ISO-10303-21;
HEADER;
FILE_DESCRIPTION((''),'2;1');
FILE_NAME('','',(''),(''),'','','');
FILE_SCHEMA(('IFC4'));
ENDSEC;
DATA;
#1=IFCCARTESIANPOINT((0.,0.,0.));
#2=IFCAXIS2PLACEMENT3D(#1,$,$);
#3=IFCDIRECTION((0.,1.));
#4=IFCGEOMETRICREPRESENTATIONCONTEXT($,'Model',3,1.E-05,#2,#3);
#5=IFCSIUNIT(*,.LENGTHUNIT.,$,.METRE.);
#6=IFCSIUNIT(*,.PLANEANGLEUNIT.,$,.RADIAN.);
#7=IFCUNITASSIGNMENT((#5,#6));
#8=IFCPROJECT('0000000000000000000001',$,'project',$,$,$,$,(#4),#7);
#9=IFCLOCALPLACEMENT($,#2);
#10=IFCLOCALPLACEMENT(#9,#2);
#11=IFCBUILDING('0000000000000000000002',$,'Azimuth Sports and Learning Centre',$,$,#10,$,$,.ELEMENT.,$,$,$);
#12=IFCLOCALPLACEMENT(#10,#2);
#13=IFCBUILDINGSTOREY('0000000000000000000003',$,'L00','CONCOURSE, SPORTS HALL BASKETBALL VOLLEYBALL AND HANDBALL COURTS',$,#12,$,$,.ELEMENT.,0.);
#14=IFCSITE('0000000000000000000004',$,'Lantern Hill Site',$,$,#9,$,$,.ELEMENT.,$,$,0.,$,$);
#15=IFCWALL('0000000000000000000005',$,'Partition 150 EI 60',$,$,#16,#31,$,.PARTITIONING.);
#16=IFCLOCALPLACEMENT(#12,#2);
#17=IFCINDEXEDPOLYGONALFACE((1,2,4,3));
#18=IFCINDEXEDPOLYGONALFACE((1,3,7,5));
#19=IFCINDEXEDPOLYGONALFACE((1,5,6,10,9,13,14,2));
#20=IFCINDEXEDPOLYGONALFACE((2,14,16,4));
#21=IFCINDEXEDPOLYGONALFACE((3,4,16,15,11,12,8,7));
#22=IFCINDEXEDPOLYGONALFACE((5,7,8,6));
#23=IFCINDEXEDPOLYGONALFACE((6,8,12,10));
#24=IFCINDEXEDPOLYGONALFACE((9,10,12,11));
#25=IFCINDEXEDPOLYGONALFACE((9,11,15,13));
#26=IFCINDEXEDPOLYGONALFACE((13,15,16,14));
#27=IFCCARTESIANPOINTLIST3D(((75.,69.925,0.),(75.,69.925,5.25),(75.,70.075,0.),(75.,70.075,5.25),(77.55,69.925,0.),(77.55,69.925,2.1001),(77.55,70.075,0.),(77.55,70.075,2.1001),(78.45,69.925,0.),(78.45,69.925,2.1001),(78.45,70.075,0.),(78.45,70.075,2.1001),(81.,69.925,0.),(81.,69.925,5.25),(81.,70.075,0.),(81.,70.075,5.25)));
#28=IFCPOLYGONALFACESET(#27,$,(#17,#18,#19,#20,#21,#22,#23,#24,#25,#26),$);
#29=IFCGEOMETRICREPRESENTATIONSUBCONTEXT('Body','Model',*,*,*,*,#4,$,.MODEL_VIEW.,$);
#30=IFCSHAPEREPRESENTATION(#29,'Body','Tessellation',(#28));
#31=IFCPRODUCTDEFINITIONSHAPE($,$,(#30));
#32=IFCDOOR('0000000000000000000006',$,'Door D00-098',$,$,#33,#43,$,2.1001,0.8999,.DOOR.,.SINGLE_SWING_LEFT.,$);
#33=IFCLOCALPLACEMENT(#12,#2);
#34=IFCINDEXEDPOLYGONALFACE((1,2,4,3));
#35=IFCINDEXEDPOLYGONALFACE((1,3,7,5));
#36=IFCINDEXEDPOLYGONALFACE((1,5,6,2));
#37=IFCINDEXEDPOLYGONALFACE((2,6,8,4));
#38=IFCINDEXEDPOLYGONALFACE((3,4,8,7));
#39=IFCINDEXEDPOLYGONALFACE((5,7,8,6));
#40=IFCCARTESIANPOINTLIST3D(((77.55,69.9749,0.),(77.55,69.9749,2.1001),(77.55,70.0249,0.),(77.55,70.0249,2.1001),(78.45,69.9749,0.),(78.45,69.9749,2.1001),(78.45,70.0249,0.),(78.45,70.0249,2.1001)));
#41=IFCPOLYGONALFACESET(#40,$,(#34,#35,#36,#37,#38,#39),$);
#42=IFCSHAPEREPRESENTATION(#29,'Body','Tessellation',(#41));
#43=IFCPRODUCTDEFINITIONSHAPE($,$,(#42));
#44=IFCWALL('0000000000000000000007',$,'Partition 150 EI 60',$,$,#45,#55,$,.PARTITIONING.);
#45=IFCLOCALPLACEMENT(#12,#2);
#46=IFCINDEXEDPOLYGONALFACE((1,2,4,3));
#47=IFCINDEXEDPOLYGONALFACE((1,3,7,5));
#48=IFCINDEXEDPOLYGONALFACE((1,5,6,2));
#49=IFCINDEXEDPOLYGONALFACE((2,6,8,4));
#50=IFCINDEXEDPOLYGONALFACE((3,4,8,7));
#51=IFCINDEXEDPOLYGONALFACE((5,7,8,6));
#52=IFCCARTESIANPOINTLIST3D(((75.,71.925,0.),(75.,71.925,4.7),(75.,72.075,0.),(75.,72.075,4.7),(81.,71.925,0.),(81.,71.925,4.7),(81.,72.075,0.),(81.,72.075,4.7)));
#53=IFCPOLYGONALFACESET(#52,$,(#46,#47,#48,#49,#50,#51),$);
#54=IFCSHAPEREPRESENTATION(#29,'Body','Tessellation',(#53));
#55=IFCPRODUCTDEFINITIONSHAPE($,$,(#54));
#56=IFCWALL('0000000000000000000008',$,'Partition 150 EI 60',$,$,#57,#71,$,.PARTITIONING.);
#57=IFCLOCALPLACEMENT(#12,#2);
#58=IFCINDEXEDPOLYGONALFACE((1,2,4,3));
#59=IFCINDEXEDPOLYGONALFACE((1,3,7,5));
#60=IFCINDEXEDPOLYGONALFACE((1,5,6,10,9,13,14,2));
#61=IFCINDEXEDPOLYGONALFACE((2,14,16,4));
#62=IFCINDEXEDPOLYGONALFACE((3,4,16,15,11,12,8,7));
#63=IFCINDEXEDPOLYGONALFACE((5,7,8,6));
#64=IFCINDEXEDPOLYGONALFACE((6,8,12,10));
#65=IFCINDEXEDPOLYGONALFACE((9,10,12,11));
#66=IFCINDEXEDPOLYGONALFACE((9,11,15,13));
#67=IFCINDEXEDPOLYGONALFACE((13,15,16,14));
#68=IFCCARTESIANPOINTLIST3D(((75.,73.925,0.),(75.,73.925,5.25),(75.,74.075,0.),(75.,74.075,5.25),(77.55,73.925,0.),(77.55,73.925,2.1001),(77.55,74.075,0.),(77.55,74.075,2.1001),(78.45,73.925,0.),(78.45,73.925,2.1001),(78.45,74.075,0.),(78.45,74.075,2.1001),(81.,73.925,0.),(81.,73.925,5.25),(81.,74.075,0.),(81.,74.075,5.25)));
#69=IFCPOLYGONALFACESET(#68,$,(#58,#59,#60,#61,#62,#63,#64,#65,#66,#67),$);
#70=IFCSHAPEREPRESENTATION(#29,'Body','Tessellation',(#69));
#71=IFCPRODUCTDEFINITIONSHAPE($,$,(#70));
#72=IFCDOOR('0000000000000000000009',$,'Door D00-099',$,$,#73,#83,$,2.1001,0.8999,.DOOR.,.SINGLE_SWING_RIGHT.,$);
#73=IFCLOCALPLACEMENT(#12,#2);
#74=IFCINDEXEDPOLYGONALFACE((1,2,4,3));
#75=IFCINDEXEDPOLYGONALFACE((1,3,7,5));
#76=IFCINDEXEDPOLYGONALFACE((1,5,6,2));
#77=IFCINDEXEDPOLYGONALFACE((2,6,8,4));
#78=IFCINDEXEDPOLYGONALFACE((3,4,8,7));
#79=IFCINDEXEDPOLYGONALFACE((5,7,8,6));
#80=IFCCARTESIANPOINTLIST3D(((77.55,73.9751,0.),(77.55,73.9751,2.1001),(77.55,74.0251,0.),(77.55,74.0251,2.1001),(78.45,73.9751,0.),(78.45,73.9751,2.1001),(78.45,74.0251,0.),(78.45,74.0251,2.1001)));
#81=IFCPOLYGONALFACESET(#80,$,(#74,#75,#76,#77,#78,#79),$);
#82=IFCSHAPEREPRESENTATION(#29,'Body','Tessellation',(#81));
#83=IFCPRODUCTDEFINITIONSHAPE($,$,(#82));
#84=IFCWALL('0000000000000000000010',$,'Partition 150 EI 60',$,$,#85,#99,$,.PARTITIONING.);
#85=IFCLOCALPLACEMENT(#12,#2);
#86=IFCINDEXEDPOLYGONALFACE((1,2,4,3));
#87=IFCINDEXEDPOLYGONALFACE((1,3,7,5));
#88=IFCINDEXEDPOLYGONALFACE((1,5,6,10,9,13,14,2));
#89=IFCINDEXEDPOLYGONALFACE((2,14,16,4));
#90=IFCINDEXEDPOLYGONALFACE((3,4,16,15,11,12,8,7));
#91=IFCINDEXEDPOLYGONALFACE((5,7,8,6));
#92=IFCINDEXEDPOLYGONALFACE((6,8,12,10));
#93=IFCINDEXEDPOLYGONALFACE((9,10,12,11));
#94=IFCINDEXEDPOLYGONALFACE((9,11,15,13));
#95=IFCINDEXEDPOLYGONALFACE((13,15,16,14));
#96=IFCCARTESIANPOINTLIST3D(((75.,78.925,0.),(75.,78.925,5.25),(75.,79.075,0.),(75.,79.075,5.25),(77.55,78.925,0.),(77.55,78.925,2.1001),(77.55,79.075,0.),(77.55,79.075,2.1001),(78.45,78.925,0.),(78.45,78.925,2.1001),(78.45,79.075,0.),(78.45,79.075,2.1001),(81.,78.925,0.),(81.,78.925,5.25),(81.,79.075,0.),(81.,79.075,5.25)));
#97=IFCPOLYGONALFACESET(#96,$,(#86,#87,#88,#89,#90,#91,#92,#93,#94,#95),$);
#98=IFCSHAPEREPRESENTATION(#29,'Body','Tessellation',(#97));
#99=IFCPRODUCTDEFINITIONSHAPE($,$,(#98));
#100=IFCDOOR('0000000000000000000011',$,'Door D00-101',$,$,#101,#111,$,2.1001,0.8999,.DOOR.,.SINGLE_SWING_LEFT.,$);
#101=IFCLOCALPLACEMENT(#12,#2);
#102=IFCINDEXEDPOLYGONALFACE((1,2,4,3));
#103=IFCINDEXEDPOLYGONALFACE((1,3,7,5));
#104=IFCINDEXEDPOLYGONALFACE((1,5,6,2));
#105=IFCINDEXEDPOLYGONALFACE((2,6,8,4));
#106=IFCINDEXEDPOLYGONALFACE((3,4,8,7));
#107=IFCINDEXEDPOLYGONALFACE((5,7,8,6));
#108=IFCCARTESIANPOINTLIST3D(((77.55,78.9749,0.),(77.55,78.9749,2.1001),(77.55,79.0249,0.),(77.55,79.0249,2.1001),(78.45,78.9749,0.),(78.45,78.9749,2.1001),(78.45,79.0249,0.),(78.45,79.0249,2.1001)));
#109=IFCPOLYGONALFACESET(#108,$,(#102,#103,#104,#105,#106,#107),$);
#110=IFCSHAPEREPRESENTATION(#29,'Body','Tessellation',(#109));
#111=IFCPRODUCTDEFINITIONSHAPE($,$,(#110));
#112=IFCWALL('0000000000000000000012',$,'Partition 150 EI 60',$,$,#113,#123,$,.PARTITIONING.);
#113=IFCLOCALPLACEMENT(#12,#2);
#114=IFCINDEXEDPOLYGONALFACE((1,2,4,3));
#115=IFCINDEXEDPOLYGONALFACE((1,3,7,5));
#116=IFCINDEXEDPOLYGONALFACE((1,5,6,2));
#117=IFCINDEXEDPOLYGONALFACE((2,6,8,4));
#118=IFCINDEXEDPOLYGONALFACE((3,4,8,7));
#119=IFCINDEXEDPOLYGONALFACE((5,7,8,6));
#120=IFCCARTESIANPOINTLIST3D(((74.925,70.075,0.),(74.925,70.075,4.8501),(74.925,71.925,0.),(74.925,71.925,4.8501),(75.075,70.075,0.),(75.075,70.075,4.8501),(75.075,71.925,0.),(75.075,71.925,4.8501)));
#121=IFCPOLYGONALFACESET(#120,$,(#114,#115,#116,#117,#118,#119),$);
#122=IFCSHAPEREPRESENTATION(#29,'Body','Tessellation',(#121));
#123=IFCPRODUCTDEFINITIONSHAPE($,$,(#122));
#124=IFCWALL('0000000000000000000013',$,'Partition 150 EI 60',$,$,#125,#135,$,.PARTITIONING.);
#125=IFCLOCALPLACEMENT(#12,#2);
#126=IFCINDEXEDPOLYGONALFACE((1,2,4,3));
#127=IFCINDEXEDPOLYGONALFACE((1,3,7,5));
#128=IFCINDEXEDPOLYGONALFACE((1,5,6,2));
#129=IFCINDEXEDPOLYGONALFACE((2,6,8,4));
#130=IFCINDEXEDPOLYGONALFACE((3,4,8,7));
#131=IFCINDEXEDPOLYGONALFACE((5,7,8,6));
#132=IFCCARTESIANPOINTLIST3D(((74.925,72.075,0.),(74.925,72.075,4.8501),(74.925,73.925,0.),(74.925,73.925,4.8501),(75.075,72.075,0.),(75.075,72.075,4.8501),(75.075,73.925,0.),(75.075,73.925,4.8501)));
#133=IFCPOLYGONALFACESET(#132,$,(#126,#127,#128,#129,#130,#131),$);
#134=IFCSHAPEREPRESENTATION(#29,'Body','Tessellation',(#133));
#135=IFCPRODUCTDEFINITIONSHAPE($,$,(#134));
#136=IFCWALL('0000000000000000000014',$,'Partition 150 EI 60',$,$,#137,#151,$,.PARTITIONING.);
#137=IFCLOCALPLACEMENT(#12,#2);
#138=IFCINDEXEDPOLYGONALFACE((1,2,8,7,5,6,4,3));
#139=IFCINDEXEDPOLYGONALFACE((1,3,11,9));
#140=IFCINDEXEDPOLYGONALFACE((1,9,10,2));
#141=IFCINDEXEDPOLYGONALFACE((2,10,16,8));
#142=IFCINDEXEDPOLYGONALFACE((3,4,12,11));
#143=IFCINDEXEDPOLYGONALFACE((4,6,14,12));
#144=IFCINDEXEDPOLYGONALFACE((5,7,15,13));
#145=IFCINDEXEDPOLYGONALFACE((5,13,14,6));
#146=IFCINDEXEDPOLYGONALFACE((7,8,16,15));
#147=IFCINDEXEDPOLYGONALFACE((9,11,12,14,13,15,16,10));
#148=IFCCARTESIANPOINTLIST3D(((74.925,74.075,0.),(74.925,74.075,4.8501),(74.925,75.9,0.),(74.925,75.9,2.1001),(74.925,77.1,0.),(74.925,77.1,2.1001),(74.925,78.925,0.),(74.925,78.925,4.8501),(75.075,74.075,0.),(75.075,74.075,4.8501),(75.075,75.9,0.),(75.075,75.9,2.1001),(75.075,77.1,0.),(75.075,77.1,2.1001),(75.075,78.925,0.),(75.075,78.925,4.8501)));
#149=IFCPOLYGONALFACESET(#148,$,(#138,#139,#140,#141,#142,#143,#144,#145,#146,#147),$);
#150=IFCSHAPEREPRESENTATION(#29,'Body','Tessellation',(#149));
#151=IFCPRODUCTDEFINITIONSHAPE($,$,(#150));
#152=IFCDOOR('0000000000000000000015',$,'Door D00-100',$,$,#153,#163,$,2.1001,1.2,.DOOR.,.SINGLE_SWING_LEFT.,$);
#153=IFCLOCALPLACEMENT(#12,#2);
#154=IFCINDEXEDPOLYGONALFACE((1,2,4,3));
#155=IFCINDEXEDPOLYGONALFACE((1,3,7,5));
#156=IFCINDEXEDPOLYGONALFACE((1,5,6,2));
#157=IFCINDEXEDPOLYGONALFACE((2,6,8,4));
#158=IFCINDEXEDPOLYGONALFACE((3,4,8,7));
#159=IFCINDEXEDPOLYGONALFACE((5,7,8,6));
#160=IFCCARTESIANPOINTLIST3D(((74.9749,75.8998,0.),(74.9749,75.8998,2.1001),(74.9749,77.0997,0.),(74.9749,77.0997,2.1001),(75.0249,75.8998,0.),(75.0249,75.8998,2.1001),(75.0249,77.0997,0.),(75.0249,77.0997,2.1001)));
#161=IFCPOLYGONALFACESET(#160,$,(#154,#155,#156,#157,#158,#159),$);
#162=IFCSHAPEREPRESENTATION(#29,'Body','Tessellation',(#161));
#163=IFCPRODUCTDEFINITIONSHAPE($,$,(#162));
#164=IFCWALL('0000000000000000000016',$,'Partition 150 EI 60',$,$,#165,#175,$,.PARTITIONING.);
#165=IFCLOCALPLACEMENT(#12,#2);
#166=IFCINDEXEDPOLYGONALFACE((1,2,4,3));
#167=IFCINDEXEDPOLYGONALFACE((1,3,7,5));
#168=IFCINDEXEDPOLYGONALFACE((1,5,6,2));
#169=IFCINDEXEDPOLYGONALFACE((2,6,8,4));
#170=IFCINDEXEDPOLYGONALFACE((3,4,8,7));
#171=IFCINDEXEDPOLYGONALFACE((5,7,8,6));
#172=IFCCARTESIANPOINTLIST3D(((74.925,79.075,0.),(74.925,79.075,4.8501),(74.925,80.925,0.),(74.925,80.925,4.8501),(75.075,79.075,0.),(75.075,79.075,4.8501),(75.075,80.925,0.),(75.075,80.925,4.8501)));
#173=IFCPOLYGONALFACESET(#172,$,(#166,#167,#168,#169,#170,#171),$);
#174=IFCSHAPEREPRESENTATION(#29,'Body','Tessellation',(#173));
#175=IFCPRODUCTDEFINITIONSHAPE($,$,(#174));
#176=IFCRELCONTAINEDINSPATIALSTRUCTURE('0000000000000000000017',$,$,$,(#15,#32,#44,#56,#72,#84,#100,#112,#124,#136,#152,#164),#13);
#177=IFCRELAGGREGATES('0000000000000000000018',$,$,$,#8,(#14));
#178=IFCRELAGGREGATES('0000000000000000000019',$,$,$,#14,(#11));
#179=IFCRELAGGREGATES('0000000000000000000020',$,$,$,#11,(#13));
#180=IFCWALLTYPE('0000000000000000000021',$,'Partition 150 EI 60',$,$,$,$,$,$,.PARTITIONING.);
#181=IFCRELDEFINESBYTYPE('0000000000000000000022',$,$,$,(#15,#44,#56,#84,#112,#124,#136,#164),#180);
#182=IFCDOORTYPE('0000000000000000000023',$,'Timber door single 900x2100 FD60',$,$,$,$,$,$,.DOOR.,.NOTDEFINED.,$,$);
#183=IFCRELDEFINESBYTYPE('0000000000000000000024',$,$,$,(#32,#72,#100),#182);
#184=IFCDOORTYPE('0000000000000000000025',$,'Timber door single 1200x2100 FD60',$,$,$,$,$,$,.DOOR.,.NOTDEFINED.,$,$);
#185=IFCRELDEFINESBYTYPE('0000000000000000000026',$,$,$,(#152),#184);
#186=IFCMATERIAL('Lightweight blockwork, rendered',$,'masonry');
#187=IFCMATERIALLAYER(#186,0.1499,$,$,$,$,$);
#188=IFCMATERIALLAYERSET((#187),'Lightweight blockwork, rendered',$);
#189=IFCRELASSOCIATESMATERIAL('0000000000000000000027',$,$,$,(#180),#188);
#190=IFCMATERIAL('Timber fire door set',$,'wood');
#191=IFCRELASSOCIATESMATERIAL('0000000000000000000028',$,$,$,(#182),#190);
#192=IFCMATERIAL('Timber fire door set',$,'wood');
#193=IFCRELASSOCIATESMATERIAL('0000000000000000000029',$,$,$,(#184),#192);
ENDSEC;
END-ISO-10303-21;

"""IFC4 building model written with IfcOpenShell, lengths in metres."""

from ifc_helpers import new_model, si_unit, direction, frame, frame_2d, origin, place, context, subcontext, project, spatial, rectangle, extrude, material, layer, layer_set, type_object, element, fill, save


model = new_model("IFC4")

# Units and contexts
model_context = context("Model", 3, precision=1e-05, world=origin(), true_north=direction((0.0, 1.0)))
body_context = subcontext(model_context, "Body", "Model", "MODEL_VIEW")
ifc_project = project(units=[si_unit("LENGTHUNIT", "METRE"), si_unit("PLANEANGLEUNIT", "RADIAN")], contexts=[model_context])

# Site, building, storey
site_placement = place(None, origin())
site = spatial("IfcSite", under=ifc_project, at=site_placement, Name="Lantern Hill Site", CompositionType="ELEMENT", RefElevation=0.0)
building_placement = place(site_placement, origin())
building = spatial("IfcBuilding", under=site, at=building_placement, Name="Azimuth Sports and Learning Centre", CompositionType="ELEMENT")
storey_placement = place(building_placement, origin())
storey = spatial("IfcBuildingStorey", under=building, at=storey_placement, Name="L00", Description="CONCOURSE, SPORTS HALL BASKETBALL VOLLEYBALL AND HANDBALL COURTS", CompositionType="ELEMENT", Elevation=0.0)

# Wall, opening, door
ifc_material_1 = material(Name="Lightweight blockwork, rendered", Category="masonry")
ifc_layer_1 = layer(ifc_material_1, 0.1499)
ifc_layer_set_1 = layer_set([ifc_layer_1], Name="Lightweight blockwork, rendered")
wall_type = type_object("IfcWallType", Name="Partition 150 EI 60", PredefinedType="PARTITIONING", material=ifc_layer_set_1)
wall_1_placement = place(storey_placement, frame((75.0, 70.0, 0.0), z_axis=(0.0, 0.0, 1.0), x_axis=(1.0, 0.0, 0.0)))
wall_1 = element("IfcWall", 1, at=wall_1_placement, inside=storey, type_object=wall_type, Name="Partition 150 EI 60", PredefinedType="PARTITIONING", context=body_context, shape_type="SweptSolid", body=[
    extrude(rectangle(XDim=6.0, YDim=0.1499, at=frame_2d((3.0, 0.0))), origin(), (0.0, 0.0, 1.0), 5.25),
])
opening_1_placement = place(wall_1_placement, frame((2.55, 0.0, 0.0)))
opening_1 = element("IfcOpeningElement", 2, at=opening_1_placement, cuts=wall_1, PredefinedType="OPENING", context=body_context, shape_type="SweptSolid", body=[
    extrude(rectangle(XDim=0.8999, YDim=2.1001, at=frame_2d((0.45, 1.05))), frame((0.0, 0.0859, 0.0), z_axis=(0.0, -1.0, 0.0), x_axis=(1.0, 0.0, 0.0)), (0.0, 0.0, 1.0), 0.1719),
])
ifc_material_2 = material(Name="Timber fire door set", Category="wood")
door_type_1 = type_object("IfcDoorType", Name="Timber door single 900x2100 FD60", OperationType="NOTDEFINED", PredefinedType="DOOR", material=ifc_material_2)
door_1_placement = place(opening_1_placement, origin())
door_1 = element("IfcDoor", 3, at=door_1_placement, inside=storey, type_object=door_type_1, Name="Door D00-098", OperationType="SINGLE_SWING_LEFT", OverallHeight=2.1001, OverallWidth=0.8999, PredefinedType="DOOR", context=body_context, shape_type="SweptSolid", body=[
    extrude(rectangle(XDim=0.8999, YDim=2.1001, at=frame_2d((0.45, 1.05))), frame((0.0, 0.0249, 0.0), z_axis=(0.0, -1.0, 0.0), x_axis=(1.0, 0.0, 0.0)), (0.0, 0.0, 1.0), 0.05),
])
fill(opening_1, door_1)

# Wall
wall_2_placement = place(storey_placement, frame((75.0, 72.0, 0.0), z_axis=(0.0, 0.0, 1.0), x_axis=(1.0, 0.0, 0.0)))
element("IfcWall", 4, at=wall_2_placement, inside=storey, type_object=wall_type, Name="Partition 150 EI 60", PredefinedType="PARTITIONING", context=body_context, shape_type="SweptSolid", body=[
    extrude(rectangle(XDim=6.0, YDim=0.1499, at=frame_2d((3.0, 0.0))), origin(), (0.0, 0.0, 1.0), 4.7),
])

# Walls, openings, doors
wall_3_placement = place(storey_placement, frame((75.0, 74.0, 0.0), z_axis=(0.0, 0.0, 1.0), x_axis=(1.0, 0.0, 0.0)))
wall_3 = element("IfcWall", 5, at=wall_3_placement, inside=storey, type_object=wall_type, Name="Partition 150 EI 60", PredefinedType="PARTITIONING", context=body_context, shape_type="SweptSolid", body=[
    extrude(rectangle(XDim=6.0, YDim=0.1499, at=frame_2d((3.0, 0.0))), origin(), (0.0, 0.0, 1.0), 5.25),
])
opening_2_placement = place(wall_3_placement, frame((2.55, 0.0, 0.0)))
opening_2 = element("IfcOpeningElement", 6, at=opening_2_placement, cuts=wall_3, PredefinedType="OPENING", context=body_context, shape_type="SweptSolid", body=[
    extrude(rectangle(XDim=0.8999, YDim=2.1001, at=frame_2d((0.45, 1.05))), frame((0.0, 0.0859, 0.0), z_axis=(0.0, -1.0, 0.0), x_axis=(1.0, 0.0, 0.0)), (0.0, 0.0, 1.0), 0.1719),
])
door_2_placement = place(opening_2_placement, frame((0.8999, 0.0, 0.0), z_axis=(0.0, 0.0, 1.0), x_axis=(-1.0, 0.0, 0.0)))
door_2 = element("IfcDoor", 7, at=door_2_placement, inside=storey, type_object=door_type_1, Name="Door D00-099", OperationType="SINGLE_SWING_RIGHT", OverallHeight=2.1001, OverallWidth=0.8999, PredefinedType="DOOR", context=body_context, shape_type="SweptSolid", body=[
    extrude(rectangle(XDim=0.8999, YDim=2.1001, at=frame_2d((0.45, 1.05))), frame((0.0, 0.0249, 0.0), z_axis=(0.0, -1.0, 0.0), x_axis=(1.0, 0.0, 0.0)), (0.0, 0.0, 1.0), 0.05),
])
fill(opening_2, door_2)
wall_4_placement = place(storey_placement, frame((75.0, 79.0, 0.0), z_axis=(0.0, 0.0, 1.0), x_axis=(1.0, 0.0, 0.0)))
wall_4 = element("IfcWall", 8, at=wall_4_placement, inside=storey, type_object=wall_type, Name="Partition 150 EI 60", PredefinedType="PARTITIONING", context=body_context, shape_type="SweptSolid", body=[
    extrude(rectangle(XDim=6.0, YDim=0.1499, at=frame_2d((3.0, 0.0))), origin(), (0.0, 0.0, 1.0), 5.25),
])
opening_3_placement = place(wall_4_placement, frame((2.55, 0.0, 0.0)))
opening_3 = element("IfcOpeningElement", 9, at=opening_3_placement, cuts=wall_4, PredefinedType="OPENING", context=body_context, shape_type="SweptSolid", body=[
    extrude(rectangle(XDim=0.8999, YDim=2.1001, at=frame_2d((0.45, 1.05))), frame((0.0, 0.0859, 0.0), z_axis=(0.0, -1.0, 0.0), x_axis=(1.0, 0.0, 0.0)), (0.0, 0.0, 1.0), 0.1719),
])
door_3_placement = place(opening_3_placement, origin())
door_3 = element("IfcDoor", 10, at=door_3_placement, inside=storey, type_object=door_type_1, Name="Door D00-101", OperationType="SINGLE_SWING_LEFT", OverallHeight=2.1001, OverallWidth=0.8999, PredefinedType="DOOR", context=body_context, shape_type="SweptSolid", body=[
    extrude(rectangle(XDim=0.8999, YDim=2.1001, at=frame_2d((0.45, 1.05))), frame((0.0, 0.0249, 0.0), z_axis=(0.0, -1.0, 0.0), x_axis=(1.0, 0.0, 0.0)), (0.0, 0.0, 1.0), 0.05),
])
fill(opening_3, door_3)

# Walls
for number, where, z_axis, x_axis, name in (
    (11, (75.0, 70.075, 0.0), (0.0, 0.0, 1.0), (0.0, 1.0, 0.0), "Partition 150 EI 60"),
    (12, (75.0, 72.075, 0.0), (0.0, 0.0, 1.0), (0.0, 1.0, 0.0), "Partition 150 EI 60"),
):
    element("IfcWall", number, at=place(storey_placement, frame(where, z_axis=z_axis, x_axis=x_axis)), inside=storey, type_object=wall_type, Name=name, PredefinedType="PARTITIONING", context=body_context, shape_type="SweptSolid", body=[
        extrude(rectangle(XDim=1.8501, YDim=0.1499, at=frame_2d((0.925, 0.0))), origin(), (0.0, 0.0, 1.0), 4.8501),
    ])

# Wall, opening, door
wall_5_placement = place(storey_placement, frame((75.0, 74.075, 0.0), z_axis=(0.0, 0.0, 1.0), x_axis=(0.0, 1.0, 0.0)))
wall_5 = element("IfcWall", 13, at=wall_5_placement, inside=storey, type_object=wall_type, Name="Partition 150 EI 60", PredefinedType="PARTITIONING", context=body_context, shape_type="SweptSolid", body=[
    extrude(rectangle(XDim=4.8501, YDim=0.1499, at=frame_2d((2.425, 0.0))), origin(), (0.0, 0.0, 1.0), 4.8501),
])
opening_4_placement = place(wall_5_placement, frame((1.825, 0.0, 0.0)))
opening_4 = element("IfcOpeningElement", 14, at=opening_4_placement, cuts=wall_5, PredefinedType="OPENING", context=body_context, shape_type="SweptSolid", body=[
    extrude(rectangle(XDim=1.2, YDim=2.1001, at=frame_2d((0.6001, 1.05))), frame((0.0, 0.0859, 0.0), z_axis=(0.0, -1.0, 0.0), x_axis=(1.0, 0.0, 0.0)), (0.0, 0.0, 1.0), 0.1719),
])
ifc_material_3 = material(Name="Timber fire door set", Category="wood")
door_type_2 = type_object("IfcDoorType", Name="Timber door single 1200x2100 FD60", OperationType="NOTDEFINED", PredefinedType="DOOR", material=ifc_material_3)
door_4_placement = place(opening_4_placement, frame((1.2, 0.0, 0.0), z_axis=(0.0, 0.0, 1.0), x_axis=(-1.0, 0.0, 0.0)))
door_4 = element("IfcDoor", 15, at=door_4_placement, inside=storey, type_object=door_type_2, Name="Door D00-100", OperationType="SINGLE_SWING_LEFT", OverallHeight=2.1001, OverallWidth=1.2, PredefinedType="DOOR", context=body_context, shape_type="SweptSolid", body=[
    extrude(rectangle(XDim=1.2, YDim=2.1001, at=frame_2d((0.6001, 1.05))), frame((0.0, 0.0249, 0.0), z_axis=(0.0, -1.0, 0.0), x_axis=(1.0, 0.0, 0.0)), (0.0, 0.0, 1.0), 0.05),
])
fill(opening_4, door_4)

# Wall
wall_6_placement = place(storey_placement, frame((75.0, 79.075, 0.0), z_axis=(0.0, 0.0, 1.0), x_axis=(0.0, 1.0, 0.0)))
element("IfcWall", 16, at=wall_6_placement, inside=storey, type_object=wall_type, Name="Partition 150 EI 60", PredefinedType="PARTITIONING", context=body_context, shape_type="SweptSolid", body=[
    extrude(rectangle(XDim=1.8501, YDim=0.1499, at=frame_2d((0.925, 0.0))), origin(), (0.0, 0.0, 1.0), 4.8501),
])

save(model, "model.ifc")
